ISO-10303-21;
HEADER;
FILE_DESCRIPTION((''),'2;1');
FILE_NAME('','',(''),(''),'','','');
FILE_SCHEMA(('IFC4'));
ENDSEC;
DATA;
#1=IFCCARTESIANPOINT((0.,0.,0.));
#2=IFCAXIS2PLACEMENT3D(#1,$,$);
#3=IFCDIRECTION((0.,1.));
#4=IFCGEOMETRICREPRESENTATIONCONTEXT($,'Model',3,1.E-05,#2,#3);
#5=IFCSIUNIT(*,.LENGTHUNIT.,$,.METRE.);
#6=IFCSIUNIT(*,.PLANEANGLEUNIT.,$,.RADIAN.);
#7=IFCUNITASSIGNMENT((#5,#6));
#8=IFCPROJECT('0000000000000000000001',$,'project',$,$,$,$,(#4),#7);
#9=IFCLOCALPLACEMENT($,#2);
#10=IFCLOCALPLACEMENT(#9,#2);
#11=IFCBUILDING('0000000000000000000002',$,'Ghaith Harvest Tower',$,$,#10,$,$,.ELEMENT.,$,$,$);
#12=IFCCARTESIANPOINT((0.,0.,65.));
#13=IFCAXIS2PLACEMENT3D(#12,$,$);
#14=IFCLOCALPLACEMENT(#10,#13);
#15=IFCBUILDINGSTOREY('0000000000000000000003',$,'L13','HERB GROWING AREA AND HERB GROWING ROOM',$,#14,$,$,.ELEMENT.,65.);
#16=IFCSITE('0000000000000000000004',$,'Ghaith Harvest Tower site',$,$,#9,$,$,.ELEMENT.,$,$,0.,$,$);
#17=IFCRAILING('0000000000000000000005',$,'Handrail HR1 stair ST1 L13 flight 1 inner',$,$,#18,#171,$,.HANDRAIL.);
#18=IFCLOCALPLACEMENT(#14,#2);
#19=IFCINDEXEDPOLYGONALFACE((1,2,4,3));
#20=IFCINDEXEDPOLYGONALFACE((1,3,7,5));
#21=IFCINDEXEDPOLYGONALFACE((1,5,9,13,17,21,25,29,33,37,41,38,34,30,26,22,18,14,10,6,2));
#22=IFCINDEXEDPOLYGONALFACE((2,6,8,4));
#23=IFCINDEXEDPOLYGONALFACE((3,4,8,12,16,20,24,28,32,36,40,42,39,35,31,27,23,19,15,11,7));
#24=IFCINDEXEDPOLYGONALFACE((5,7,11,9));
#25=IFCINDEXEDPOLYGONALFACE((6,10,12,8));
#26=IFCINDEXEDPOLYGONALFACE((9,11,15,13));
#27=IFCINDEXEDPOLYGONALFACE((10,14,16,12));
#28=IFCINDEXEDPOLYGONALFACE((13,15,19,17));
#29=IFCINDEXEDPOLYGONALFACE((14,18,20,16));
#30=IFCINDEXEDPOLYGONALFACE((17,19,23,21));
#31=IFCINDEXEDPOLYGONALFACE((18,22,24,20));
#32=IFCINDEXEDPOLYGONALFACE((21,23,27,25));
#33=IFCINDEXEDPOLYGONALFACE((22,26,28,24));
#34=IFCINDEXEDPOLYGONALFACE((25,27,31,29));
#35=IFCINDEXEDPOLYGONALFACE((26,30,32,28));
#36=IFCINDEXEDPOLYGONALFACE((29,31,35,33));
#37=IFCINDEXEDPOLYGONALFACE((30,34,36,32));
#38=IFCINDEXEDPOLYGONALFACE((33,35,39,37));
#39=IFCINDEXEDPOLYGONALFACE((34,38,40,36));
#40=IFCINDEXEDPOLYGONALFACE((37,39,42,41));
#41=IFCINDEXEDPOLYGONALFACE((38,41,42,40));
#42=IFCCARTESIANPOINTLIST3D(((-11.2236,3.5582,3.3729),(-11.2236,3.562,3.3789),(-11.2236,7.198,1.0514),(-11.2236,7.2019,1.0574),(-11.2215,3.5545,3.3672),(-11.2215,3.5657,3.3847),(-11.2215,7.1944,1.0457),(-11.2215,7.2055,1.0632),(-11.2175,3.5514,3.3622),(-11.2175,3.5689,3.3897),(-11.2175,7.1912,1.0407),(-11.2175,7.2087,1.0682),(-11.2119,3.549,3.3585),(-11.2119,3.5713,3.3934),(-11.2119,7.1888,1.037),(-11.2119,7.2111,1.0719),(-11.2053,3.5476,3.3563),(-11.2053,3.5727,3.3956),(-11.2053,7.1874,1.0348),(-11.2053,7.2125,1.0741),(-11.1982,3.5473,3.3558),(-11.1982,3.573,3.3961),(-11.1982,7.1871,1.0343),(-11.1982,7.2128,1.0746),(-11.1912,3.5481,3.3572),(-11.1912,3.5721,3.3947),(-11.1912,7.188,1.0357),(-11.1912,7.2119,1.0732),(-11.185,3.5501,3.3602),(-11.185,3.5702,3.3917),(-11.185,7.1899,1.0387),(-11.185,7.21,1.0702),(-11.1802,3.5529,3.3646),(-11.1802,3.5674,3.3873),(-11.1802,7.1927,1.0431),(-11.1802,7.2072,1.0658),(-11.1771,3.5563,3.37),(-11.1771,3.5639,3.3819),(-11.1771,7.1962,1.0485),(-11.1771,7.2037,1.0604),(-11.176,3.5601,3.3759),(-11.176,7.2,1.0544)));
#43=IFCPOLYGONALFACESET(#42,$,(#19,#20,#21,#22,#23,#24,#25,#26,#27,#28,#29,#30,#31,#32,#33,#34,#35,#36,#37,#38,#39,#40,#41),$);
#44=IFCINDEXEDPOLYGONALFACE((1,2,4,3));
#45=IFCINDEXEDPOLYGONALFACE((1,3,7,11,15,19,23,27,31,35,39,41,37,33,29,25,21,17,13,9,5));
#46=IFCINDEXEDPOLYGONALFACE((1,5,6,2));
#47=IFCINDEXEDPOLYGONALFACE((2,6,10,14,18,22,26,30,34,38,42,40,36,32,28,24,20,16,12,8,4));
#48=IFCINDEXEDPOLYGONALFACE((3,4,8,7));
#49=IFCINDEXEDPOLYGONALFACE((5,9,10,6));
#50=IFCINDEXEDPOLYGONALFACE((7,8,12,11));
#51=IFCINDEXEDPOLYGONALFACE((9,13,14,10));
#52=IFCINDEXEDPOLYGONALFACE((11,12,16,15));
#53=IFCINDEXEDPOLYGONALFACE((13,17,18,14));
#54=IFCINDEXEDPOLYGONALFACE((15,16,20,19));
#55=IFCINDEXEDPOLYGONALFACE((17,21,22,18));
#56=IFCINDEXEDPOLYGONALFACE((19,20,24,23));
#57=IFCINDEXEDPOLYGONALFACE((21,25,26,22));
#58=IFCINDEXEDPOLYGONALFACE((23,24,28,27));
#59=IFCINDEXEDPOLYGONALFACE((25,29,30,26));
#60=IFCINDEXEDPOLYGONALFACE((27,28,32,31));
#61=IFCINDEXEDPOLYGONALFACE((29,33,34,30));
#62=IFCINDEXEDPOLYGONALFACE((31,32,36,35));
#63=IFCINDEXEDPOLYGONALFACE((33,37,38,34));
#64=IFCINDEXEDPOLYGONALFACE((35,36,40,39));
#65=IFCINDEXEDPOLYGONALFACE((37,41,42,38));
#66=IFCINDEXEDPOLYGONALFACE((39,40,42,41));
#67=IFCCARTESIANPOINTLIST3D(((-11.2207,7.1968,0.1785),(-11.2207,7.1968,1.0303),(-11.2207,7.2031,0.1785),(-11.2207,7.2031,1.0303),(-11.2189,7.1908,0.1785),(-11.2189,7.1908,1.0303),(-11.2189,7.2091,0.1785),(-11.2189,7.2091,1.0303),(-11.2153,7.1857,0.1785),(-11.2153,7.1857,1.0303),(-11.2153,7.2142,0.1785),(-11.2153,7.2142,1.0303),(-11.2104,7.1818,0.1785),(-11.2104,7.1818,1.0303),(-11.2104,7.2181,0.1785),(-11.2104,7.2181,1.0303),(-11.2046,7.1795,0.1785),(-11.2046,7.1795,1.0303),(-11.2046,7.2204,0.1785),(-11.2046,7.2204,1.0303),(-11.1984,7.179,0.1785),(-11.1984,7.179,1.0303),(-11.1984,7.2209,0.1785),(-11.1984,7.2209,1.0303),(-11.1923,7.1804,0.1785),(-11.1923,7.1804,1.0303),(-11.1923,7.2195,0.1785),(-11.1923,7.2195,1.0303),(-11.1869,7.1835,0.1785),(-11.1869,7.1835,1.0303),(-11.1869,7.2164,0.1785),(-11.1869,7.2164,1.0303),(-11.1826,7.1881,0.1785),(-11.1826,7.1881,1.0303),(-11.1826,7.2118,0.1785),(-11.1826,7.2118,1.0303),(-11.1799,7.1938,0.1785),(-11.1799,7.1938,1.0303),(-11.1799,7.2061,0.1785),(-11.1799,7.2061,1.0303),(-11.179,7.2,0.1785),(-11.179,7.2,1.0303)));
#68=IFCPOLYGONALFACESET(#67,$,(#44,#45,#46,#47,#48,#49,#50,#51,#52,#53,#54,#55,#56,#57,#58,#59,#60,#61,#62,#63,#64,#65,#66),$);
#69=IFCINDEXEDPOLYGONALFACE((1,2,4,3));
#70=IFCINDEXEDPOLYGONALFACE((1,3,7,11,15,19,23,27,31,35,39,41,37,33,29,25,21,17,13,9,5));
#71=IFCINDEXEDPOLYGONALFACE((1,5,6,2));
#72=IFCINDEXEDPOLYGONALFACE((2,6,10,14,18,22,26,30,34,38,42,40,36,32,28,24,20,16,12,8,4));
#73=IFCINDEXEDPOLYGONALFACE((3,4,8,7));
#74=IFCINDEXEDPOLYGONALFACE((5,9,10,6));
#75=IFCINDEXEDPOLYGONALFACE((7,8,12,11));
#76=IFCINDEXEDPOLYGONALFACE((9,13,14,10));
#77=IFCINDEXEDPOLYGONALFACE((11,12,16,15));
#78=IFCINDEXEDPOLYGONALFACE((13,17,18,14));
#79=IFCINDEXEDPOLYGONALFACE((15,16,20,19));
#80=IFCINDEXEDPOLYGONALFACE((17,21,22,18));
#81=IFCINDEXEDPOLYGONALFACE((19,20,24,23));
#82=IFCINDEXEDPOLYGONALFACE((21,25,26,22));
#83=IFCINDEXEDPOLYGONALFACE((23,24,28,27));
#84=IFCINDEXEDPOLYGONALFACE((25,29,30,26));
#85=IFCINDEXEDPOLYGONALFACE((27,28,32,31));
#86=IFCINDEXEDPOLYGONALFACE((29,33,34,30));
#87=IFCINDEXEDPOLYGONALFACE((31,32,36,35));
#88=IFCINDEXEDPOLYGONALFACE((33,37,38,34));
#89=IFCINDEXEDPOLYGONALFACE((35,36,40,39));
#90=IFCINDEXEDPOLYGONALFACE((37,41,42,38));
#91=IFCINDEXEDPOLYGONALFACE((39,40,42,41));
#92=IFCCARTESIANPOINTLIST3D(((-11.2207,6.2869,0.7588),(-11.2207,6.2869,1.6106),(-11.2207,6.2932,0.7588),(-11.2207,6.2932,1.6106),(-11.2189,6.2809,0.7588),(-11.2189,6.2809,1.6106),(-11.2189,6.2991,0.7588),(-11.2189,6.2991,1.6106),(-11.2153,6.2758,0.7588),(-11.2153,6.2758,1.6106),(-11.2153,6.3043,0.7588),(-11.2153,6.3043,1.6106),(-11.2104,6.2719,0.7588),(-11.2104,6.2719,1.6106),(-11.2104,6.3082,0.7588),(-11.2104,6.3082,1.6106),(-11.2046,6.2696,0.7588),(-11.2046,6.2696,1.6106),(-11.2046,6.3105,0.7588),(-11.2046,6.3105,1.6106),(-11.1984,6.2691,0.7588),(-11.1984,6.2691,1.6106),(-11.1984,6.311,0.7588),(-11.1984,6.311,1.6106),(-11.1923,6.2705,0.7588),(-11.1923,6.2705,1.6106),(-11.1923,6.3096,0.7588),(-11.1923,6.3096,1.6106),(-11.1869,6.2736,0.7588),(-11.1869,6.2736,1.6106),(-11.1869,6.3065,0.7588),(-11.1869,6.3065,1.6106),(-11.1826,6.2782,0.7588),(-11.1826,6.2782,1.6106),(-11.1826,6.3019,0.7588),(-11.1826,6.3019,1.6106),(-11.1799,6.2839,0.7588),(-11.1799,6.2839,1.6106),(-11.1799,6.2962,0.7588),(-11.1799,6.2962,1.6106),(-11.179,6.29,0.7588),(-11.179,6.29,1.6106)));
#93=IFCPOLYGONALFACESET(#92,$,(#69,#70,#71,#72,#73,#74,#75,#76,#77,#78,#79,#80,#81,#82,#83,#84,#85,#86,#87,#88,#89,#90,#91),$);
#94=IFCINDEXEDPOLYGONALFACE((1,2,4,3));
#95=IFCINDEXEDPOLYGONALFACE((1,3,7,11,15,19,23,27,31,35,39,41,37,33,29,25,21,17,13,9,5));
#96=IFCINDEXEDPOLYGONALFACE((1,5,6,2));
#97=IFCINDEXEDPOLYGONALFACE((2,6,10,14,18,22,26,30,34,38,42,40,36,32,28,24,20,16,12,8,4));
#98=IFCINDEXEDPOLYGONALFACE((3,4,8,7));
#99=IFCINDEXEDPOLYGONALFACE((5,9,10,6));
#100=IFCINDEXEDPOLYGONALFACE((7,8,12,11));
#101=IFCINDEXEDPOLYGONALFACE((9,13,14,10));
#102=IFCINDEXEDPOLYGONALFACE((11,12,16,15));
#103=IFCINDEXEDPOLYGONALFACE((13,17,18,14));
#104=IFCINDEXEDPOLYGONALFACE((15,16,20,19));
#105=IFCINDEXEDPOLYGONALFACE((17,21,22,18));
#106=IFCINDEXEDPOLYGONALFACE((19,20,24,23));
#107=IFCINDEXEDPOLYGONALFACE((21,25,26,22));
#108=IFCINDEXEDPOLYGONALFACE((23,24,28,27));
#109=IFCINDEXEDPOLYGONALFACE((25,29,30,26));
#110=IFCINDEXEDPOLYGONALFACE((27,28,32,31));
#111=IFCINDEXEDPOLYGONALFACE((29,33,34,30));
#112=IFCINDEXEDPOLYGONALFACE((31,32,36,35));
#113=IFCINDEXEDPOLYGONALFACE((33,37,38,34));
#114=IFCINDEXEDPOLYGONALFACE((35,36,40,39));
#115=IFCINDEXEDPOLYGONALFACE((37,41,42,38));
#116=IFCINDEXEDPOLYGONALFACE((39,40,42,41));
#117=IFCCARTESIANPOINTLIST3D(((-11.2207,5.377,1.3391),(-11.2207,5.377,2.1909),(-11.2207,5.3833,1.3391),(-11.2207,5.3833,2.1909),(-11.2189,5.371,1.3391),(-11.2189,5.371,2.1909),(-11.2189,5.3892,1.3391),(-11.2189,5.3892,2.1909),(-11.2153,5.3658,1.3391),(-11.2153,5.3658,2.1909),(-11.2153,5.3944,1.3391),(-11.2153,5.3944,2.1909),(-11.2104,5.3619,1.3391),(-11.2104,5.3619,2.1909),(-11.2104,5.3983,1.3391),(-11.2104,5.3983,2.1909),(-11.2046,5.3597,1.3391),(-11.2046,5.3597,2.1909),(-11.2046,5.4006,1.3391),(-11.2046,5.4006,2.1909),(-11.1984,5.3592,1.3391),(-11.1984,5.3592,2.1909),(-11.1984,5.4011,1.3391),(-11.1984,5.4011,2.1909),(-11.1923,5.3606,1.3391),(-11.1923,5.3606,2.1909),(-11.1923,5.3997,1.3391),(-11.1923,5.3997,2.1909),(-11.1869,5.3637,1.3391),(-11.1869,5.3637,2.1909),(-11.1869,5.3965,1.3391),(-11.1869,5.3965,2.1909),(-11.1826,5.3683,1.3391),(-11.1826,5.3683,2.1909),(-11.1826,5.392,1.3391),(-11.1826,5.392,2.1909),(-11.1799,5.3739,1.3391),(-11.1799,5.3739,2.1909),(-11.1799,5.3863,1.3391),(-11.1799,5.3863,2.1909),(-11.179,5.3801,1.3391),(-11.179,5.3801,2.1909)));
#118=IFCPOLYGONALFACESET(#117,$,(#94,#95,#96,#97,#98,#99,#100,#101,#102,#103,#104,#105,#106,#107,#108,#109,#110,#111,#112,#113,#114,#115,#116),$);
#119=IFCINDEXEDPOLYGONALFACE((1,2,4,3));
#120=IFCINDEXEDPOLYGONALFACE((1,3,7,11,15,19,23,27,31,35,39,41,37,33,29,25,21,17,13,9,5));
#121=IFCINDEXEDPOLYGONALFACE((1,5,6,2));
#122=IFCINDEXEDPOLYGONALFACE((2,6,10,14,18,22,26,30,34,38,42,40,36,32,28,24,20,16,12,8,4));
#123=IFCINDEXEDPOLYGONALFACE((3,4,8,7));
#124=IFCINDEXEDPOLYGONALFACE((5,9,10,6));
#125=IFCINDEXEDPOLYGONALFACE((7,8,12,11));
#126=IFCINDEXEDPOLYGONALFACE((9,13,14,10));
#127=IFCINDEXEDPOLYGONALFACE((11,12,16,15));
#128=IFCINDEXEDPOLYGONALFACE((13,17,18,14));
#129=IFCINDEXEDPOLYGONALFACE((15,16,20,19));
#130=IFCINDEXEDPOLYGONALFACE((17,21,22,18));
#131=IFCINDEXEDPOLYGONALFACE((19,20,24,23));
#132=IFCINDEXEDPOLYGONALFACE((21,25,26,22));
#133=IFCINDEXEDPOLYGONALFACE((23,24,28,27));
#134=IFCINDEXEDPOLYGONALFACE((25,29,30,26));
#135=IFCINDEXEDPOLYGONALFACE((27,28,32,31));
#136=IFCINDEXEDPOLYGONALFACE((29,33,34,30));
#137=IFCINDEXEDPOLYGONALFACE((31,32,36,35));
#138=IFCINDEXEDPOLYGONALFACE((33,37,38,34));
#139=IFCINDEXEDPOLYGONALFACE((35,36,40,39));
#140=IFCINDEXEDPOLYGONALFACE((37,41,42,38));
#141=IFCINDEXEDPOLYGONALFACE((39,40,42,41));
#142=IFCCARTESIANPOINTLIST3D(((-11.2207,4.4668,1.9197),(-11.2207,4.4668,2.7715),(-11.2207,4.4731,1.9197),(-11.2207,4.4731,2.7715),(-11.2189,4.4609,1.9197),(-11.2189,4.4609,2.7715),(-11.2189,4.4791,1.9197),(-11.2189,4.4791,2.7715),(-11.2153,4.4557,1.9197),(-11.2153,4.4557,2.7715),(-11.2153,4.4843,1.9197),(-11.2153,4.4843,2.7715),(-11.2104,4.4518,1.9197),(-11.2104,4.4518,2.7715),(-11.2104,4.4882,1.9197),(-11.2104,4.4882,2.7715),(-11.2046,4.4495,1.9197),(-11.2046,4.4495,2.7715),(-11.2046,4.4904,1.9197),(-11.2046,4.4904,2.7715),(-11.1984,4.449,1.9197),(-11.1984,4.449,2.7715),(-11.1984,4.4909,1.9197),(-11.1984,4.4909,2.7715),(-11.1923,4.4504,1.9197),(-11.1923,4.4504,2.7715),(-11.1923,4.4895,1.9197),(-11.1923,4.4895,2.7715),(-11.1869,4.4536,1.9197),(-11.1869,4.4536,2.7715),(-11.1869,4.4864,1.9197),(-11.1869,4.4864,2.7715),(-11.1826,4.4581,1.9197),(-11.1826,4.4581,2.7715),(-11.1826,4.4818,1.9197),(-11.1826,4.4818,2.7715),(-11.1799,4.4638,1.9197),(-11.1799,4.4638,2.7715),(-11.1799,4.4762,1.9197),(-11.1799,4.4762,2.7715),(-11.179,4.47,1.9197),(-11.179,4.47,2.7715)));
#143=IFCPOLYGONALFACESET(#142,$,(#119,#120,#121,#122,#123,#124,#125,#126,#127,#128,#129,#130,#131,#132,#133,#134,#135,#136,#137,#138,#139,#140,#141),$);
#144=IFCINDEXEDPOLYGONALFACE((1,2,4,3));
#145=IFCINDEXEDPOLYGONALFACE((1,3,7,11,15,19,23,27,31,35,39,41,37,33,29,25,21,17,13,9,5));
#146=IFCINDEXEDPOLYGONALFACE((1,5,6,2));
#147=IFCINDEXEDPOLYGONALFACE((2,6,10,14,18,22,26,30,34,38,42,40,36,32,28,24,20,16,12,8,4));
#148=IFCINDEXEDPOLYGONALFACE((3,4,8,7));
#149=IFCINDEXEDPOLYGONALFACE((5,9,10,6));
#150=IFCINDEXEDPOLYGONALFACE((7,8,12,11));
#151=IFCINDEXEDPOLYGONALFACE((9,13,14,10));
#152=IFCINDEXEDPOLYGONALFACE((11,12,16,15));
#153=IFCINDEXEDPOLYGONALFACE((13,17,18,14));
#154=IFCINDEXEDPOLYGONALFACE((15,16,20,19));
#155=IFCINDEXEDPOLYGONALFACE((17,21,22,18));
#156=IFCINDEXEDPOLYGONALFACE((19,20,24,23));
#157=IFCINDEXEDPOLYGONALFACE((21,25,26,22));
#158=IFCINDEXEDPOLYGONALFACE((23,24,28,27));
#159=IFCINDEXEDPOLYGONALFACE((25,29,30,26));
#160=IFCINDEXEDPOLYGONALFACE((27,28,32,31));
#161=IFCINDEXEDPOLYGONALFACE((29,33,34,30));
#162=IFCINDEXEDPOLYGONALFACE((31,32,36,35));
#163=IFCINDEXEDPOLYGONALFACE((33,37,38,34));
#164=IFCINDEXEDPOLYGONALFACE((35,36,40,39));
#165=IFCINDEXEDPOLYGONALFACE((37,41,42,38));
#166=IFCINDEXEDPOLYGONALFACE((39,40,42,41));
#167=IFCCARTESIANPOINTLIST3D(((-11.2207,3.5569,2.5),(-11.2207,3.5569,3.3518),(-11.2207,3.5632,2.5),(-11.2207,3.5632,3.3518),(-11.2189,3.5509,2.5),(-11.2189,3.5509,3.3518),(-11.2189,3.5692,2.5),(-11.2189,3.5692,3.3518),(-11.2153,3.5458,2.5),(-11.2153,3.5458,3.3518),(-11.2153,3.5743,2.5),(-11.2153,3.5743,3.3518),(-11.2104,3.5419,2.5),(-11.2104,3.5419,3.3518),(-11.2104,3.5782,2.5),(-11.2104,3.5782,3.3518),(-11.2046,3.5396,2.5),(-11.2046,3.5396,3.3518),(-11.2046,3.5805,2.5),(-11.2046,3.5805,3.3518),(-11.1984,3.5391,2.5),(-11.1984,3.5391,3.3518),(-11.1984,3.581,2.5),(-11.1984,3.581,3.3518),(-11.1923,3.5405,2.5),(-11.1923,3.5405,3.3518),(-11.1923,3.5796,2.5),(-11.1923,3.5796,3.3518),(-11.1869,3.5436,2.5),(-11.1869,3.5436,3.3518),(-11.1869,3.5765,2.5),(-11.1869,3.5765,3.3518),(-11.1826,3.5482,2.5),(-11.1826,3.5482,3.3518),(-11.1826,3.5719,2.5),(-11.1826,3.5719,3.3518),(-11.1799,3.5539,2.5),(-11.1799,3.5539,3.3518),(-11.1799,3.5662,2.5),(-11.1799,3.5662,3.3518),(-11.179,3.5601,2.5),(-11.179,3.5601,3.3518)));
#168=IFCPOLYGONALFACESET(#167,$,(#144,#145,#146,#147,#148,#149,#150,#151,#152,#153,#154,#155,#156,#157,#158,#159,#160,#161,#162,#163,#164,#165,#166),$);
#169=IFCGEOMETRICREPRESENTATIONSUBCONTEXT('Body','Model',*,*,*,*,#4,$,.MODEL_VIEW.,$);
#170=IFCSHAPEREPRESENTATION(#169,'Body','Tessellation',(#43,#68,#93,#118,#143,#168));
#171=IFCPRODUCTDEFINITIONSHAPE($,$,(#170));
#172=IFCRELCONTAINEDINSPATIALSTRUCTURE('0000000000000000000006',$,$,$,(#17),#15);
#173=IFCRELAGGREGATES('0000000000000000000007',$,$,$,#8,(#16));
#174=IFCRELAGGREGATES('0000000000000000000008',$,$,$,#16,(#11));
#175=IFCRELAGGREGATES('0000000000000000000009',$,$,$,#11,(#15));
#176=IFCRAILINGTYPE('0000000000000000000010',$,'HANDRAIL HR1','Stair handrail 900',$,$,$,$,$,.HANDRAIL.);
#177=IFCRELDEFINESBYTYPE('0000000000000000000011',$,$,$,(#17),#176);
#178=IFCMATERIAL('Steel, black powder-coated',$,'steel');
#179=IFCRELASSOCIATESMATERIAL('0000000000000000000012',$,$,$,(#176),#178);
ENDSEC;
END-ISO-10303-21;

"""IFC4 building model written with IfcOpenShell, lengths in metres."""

from ifc_helpers import new_model, si_unit, direction, frame, origin, origin_2d, place, context, subcontext, project, spatial, circle, extrude, material, type_object, element, save


model = new_model("IFC4")

# Units and contexts
model_context = context("Model", 3, precision=1e-05, world=origin(), true_north=direction((0.0, 1.0)))
body_context = subcontext(model_context, "Body", "Model", "MODEL_VIEW")
ifc_project = project(units=[si_unit("LENGTHUNIT", "METRE"), si_unit("PLANEANGLEUNIT", "RADIAN")], contexts=[model_context])

# Site, building, storey
site_placement = place(None, origin())
site = spatial("IfcSite", under=ifc_project, at=site_placement, Name="Ghaith Harvest Tower site", CompositionType="ELEMENT", RefElevation=0.0)
building_placement = place(site_placement, origin())
building = spatial("IfcBuilding", under=site, at=building_placement, Name="Ghaith Harvest Tower", CompositionType="ELEMENT")
storey_placement = place(building_placement, frame((0.0, 0.0, 65.0)))
storey = spatial("IfcBuildingStorey", under=building, at=storey_placement, Name="L13", Description="HERB GROWING AREA AND HERB GROWING ROOM", CompositionType="ELEMENT", Elevation=65.0)

# Railing
ifc_material_1 = material(Name="Steel, black powder-coated", Category="steel")
railing_type = type_object("IfcRailingType", Name="HANDRAIL HR1", Description="Stair handrail 900", PredefinedType="HANDRAIL", material=ifc_material_1)
railing_1_placement = place(storey_placement, frame((-11.2, 7.2, 0.1785)))
element("IfcRailing", 1, at=railing_1_placement, inside=storey, type_object=railing_type, Name="Handrail HR1 stair ST1 L13 flight 1 inner", PredefinedType="HANDRAIL", context=body_context, shape_type="SweptSolid", body=[
    extrude(circle(Radius=0.0239, at=origin_2d()), frame((0.0, 0.0, 0.876), z_axis=(0.0, -0.843112, 0.537739), x_axis=(1.0, 0.0, 0.0)), (0.0, 0.0, 1.0), 4.3171),
    extrude(circle(Radius=0.021, at=origin_2d()), origin(), (0.0, 0.0, 1.0), 0.8518),
    extrude(circle(Radius=0.021, at=origin_2d()), frame((0.0, -0.9099, 0.5803)), (0.0, 0.0, 1.0), 0.8518),
    extrude(circle(Radius=0.021, at=origin_2d()), frame((0.0, -1.8198, 1.1606)), (0.0, 0.0, 1.0), 0.8518),
    extrude(circle(Radius=0.021, at=origin_2d()), frame((0.0, -2.73, 1.7412)), (0.0, 0.0, 1.0), 0.8518),
    extrude(circle(Radius=0.021, at=origin_2d()), frame((0.0, -3.6399, 2.3215)), (0.0, 0.0, 1.0), 0.8518),
])

save(model, "model.ifc")
